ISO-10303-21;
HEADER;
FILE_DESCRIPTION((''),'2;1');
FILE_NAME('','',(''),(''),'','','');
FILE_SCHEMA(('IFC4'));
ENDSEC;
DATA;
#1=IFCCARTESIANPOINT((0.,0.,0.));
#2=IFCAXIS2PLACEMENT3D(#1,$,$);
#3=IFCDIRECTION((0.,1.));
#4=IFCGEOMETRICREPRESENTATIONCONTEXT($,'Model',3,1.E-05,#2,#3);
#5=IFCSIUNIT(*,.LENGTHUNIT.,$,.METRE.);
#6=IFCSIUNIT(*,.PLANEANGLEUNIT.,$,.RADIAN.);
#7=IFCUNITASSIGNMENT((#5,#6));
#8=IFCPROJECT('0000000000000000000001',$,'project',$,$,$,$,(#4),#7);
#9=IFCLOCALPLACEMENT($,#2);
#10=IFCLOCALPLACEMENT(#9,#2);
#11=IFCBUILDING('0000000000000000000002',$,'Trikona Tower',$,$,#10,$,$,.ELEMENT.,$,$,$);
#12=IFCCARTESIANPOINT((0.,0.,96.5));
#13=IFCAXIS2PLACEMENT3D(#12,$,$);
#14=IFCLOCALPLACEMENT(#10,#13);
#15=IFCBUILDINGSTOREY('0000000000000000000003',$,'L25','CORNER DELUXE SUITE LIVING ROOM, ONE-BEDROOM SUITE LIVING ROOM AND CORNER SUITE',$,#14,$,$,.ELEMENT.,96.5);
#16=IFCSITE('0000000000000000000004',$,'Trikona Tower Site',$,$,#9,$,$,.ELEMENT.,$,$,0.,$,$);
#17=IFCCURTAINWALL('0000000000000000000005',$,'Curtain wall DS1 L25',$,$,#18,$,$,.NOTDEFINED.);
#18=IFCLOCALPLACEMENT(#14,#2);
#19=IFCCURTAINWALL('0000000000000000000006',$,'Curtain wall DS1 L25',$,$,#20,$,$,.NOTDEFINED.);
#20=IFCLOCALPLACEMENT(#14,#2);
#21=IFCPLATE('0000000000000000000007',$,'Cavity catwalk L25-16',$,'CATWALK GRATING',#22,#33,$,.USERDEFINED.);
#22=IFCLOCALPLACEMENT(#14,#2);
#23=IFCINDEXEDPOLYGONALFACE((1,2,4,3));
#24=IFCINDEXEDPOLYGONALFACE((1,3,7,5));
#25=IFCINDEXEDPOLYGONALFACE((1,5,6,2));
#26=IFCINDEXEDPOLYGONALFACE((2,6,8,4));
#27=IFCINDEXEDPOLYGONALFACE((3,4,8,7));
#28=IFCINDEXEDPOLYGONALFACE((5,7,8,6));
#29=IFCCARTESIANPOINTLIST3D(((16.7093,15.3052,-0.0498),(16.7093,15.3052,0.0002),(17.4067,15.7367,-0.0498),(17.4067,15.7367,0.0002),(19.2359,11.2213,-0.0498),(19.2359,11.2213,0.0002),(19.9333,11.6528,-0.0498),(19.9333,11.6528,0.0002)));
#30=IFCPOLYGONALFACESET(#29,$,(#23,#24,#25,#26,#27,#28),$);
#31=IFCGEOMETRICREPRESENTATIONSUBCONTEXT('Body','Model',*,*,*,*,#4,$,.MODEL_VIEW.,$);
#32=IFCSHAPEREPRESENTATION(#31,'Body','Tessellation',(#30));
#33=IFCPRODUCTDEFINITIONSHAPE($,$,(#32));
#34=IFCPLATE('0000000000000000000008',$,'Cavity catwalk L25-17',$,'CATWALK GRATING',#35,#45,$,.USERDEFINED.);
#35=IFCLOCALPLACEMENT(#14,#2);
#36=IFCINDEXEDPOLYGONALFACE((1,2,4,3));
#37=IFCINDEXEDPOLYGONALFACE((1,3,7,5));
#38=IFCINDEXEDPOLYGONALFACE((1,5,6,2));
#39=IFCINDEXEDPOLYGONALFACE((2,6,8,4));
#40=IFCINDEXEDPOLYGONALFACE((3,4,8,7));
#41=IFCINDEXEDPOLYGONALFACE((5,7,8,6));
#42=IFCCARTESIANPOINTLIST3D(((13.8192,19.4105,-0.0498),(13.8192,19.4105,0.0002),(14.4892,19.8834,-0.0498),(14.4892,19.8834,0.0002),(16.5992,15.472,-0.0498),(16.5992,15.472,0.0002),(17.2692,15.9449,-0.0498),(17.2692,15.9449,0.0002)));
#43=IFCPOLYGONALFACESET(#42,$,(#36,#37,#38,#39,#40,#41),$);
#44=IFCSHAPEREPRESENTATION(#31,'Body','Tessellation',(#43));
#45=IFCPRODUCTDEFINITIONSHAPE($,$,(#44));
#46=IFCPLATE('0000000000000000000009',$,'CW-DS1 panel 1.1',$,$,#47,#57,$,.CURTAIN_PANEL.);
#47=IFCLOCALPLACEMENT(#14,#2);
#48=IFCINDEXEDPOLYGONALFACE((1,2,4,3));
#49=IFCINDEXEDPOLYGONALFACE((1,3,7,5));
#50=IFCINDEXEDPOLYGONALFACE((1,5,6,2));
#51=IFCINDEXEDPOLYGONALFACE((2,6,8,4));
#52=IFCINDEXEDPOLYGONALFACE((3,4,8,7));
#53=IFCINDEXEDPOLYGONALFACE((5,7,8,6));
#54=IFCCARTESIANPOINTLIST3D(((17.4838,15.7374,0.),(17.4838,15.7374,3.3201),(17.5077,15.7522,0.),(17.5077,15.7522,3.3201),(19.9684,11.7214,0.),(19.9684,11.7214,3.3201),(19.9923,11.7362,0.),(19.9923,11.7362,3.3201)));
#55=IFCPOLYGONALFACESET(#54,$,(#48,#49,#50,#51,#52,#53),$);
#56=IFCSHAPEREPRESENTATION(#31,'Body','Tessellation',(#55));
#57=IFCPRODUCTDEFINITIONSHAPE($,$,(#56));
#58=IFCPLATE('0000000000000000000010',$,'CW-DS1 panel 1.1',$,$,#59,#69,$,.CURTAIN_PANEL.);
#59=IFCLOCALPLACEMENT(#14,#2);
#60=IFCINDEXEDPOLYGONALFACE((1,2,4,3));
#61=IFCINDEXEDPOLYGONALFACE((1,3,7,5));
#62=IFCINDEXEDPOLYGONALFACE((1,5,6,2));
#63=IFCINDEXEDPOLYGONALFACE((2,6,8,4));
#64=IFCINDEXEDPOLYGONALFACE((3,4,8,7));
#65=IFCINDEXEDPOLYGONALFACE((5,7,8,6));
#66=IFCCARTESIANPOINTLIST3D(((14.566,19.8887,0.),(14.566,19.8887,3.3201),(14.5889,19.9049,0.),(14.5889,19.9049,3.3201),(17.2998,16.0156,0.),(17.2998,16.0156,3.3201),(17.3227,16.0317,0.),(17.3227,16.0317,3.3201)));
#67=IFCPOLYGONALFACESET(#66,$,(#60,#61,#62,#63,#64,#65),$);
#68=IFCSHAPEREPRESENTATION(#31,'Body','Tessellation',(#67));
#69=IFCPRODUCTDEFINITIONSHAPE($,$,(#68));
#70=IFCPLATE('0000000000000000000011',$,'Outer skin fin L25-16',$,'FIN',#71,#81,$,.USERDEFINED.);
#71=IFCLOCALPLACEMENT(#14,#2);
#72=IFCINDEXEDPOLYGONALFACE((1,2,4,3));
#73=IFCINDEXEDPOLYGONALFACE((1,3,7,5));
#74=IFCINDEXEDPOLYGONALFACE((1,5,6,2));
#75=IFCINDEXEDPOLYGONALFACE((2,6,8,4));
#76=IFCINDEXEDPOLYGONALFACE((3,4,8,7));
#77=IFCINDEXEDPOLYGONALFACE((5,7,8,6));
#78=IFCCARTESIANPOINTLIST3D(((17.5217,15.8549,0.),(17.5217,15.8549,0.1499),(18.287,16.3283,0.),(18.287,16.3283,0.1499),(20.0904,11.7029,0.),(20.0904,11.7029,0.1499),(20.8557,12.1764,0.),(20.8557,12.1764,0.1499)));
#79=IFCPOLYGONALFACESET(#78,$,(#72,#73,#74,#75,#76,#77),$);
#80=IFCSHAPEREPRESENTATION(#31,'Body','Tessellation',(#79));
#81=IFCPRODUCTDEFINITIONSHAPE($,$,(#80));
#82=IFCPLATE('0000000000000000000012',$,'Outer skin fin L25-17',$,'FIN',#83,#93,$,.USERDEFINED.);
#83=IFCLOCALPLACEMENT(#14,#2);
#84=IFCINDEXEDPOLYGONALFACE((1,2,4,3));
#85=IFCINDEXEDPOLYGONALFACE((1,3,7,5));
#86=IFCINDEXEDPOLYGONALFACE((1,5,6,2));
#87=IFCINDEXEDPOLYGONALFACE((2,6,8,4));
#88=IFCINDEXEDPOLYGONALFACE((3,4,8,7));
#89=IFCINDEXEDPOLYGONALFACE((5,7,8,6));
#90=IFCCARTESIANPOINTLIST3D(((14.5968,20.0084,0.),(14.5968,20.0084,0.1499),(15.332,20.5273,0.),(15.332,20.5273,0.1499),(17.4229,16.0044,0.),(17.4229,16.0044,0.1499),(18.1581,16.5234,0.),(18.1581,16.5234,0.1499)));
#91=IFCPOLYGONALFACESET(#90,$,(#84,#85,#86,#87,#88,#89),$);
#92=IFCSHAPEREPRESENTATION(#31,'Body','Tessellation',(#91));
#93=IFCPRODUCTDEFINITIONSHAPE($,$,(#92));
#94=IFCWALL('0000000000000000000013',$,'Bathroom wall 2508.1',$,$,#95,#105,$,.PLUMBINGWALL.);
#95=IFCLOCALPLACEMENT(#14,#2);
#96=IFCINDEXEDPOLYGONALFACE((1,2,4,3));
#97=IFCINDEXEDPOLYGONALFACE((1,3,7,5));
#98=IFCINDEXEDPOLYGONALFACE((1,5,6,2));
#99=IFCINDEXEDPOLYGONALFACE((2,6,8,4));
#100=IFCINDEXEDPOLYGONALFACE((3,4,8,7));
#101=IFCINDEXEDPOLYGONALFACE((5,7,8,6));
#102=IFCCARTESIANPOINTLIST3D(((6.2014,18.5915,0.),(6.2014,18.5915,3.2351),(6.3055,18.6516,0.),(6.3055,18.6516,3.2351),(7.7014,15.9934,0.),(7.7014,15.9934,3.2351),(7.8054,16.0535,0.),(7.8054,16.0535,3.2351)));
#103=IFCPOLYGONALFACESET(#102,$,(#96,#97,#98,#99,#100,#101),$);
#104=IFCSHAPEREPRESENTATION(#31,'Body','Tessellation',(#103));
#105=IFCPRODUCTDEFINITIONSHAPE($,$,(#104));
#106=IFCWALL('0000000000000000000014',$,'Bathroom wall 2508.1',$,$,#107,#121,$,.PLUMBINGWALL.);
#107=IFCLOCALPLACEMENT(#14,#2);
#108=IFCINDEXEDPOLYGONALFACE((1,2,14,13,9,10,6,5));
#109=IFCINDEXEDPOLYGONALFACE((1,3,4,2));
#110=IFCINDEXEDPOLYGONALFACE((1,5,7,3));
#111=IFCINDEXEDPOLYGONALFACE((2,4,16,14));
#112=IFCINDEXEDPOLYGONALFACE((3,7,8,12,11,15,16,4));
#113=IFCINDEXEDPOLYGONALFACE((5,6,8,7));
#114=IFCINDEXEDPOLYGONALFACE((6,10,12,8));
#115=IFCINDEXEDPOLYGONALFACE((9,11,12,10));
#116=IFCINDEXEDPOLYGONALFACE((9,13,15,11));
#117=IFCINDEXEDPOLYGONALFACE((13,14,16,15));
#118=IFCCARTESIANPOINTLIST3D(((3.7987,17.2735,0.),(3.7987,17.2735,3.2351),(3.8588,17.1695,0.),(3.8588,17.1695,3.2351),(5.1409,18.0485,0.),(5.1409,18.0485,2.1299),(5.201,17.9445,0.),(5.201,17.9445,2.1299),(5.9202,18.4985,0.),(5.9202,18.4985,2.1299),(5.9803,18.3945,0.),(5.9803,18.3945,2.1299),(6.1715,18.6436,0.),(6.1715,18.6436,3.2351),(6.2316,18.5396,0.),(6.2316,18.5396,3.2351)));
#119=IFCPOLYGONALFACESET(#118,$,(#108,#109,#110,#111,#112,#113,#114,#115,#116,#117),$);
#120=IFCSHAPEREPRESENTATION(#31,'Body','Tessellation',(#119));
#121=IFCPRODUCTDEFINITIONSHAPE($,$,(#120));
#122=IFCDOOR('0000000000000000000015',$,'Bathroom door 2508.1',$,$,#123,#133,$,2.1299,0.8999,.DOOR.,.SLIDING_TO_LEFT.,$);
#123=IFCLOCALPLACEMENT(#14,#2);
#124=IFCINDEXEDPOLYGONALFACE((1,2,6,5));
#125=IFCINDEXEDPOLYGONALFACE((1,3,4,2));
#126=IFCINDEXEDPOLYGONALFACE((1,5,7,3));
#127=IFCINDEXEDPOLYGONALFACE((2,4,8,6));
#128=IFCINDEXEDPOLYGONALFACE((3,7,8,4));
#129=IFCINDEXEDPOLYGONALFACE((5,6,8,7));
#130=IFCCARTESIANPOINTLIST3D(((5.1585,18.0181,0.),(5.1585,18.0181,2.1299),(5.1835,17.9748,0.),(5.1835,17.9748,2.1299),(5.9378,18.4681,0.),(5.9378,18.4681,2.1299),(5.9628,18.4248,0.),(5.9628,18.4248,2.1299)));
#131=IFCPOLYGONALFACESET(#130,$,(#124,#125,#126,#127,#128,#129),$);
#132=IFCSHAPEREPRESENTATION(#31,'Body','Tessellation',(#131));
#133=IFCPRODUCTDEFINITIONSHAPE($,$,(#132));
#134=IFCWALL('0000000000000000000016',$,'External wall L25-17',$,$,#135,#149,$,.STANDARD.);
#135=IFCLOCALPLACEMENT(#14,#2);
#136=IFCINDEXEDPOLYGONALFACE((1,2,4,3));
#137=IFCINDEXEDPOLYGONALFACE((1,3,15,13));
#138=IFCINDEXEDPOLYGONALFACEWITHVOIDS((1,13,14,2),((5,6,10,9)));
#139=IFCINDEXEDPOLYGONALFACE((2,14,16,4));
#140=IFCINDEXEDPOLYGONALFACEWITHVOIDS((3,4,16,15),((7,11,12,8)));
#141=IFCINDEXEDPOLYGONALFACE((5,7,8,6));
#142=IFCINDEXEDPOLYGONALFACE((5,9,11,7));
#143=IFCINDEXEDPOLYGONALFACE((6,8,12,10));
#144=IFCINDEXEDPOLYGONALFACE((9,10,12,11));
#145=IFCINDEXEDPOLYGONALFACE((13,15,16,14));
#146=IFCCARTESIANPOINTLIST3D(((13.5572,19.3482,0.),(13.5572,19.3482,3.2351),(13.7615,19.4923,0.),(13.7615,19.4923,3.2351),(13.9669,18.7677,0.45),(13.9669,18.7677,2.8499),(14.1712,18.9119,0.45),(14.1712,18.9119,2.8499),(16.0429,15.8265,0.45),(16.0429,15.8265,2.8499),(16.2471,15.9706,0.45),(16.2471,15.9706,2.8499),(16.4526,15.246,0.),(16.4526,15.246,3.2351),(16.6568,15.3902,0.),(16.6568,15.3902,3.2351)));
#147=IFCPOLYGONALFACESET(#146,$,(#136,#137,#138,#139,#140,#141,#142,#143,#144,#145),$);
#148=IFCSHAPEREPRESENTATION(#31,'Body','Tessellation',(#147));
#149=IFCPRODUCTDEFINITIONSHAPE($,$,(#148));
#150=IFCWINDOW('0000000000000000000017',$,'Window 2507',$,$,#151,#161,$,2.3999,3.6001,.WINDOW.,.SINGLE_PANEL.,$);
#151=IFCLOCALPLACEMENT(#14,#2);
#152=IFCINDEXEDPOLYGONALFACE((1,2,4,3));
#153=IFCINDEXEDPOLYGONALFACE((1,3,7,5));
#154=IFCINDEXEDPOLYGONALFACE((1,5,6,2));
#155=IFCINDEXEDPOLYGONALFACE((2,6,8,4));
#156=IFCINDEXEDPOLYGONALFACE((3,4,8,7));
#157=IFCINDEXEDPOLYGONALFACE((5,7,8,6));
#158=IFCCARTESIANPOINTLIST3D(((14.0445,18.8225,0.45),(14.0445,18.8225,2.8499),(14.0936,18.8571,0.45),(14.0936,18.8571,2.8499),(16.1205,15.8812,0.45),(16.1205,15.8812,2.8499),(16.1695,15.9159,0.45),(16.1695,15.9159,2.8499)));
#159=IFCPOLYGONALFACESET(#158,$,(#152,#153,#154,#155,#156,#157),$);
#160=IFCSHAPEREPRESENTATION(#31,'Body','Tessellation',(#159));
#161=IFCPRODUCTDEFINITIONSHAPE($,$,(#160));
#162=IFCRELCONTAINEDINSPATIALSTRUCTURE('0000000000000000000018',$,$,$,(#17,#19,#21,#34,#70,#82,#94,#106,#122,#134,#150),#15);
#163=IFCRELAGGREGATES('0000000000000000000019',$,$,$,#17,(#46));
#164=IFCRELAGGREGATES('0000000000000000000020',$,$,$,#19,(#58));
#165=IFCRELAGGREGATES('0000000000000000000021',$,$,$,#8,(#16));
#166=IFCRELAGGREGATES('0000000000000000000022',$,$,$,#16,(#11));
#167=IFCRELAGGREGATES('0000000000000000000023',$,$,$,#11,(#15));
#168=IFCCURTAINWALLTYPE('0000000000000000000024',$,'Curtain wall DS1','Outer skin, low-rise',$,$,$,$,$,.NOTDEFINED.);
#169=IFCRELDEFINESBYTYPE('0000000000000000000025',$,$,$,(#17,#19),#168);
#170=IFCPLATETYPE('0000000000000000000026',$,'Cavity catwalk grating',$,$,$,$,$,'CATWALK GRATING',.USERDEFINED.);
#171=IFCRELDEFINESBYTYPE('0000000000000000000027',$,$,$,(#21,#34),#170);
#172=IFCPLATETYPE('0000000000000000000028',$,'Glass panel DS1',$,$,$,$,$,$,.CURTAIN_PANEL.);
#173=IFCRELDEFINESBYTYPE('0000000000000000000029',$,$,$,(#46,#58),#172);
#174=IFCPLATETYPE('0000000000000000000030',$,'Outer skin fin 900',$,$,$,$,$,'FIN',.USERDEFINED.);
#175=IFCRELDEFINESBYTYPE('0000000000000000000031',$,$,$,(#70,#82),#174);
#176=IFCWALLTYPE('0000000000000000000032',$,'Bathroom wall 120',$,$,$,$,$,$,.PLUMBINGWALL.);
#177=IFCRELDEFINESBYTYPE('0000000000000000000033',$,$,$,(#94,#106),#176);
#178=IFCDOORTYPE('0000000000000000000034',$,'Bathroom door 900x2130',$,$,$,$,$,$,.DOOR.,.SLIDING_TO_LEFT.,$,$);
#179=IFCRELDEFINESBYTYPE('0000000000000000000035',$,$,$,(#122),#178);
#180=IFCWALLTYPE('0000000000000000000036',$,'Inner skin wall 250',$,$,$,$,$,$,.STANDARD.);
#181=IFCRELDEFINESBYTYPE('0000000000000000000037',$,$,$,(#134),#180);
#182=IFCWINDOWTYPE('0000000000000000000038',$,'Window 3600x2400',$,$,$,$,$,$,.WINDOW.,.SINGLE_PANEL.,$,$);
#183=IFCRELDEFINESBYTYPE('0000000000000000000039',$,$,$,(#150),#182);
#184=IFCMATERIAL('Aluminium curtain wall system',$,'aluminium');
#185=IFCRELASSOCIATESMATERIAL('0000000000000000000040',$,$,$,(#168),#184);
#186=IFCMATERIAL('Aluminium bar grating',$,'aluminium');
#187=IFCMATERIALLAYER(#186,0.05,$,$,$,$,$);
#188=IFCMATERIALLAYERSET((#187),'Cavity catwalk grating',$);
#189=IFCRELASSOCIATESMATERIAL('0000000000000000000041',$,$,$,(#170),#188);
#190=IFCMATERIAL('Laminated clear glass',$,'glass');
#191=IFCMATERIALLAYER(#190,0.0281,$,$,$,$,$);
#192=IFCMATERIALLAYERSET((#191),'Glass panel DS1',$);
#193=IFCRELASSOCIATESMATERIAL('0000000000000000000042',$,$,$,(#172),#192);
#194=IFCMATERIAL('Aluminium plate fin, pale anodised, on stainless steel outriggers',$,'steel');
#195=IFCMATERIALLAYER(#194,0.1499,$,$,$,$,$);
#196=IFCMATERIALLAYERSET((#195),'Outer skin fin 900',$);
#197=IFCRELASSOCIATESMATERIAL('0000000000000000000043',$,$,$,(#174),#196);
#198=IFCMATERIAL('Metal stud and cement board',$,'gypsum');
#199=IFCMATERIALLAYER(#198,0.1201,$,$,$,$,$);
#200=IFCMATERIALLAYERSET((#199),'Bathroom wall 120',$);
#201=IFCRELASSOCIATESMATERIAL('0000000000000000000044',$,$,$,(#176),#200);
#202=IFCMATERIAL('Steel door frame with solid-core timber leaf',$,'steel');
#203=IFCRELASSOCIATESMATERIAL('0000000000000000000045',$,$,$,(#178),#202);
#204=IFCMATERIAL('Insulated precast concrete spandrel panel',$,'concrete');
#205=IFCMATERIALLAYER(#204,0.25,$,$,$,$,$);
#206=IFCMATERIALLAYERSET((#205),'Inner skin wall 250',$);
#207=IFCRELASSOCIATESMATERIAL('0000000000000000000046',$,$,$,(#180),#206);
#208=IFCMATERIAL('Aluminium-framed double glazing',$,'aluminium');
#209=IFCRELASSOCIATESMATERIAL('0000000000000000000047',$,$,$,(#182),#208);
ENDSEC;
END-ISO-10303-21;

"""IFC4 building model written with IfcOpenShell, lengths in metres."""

from ifc_helpers import new_model, si_unit, direction, frame, frame_2d, origin, origin_2d, place, context, subcontext, project, spatial, rectangle, extrude, material, layer, layer_set, type_object, element, fill, aggregate, save


model = new_model("IFC4")

# Units and contexts
model_context = context("Model", 3, precision=1e-05, world=origin(), true_north=direction((0.0, 1.0)))
body_context = subcontext(model_context, "Body", "Model", "MODEL_VIEW")
ifc_project = project(units=[si_unit("LENGTHUNIT", "METRE"), si_unit("PLANEANGLEUNIT", "RADIAN")], contexts=[model_context])

# Site, building, storey
site_placement = place(None, origin())
site = spatial("IfcSite", under=ifc_project, at=site_placement, Name="Trikona Tower Site", CompositionType="ELEMENT", RefElevation=0.0)
building_placement = place(site_placement, origin())
building = spatial("IfcBuilding", under=site, at=building_placement, Name="Trikona Tower", CompositionType="ELEMENT")
storey_placement = place(building_placement, frame((0.0, 0.0, 96.5)))
storey = spatial("IfcBuildingStorey", under=building, at=storey_placement, Name="L25", Description="CORNER DELUXE SUITE LIVING ROOM, ONE-BEDROOM SUITE LIVING ROOM AND CORNER SUITE", CompositionType="ELEMENT", Elevation=96.5)

# Curtain wall
ifc_material_1 = material(Name="Aluminium curtain wall system", Category="aluminium")
curtain_wall_type = type_object("IfcCurtainWallType", Name="Curtain wall DS1", Description="Outer skin, low-rise", PredefinedType="NOTDEFINED", material=ifc_material_1)
curtain_wall_1_placement = place(storey_placement, origin())
curtain_wall_1 = element("IfcCurtainWall", 1, at=curtain_wall_1_placement, inside=storey, type_object=curtain_wall_type, Name="Curtain wall DS1 L25", PredefinedType="NOTDEFINED")

# Curtain wall
curtain_wall_2_placement = place(storey_placement, origin())
curtain_wall_2 = element("IfcCurtainWall", 2, at=curtain_wall_2_placement, inside=storey, type_object=curtain_wall_type, Name="Curtain wall DS1 L25", PredefinedType="NOTDEFINED")

# Plates
ifc_material_2 = material(Name="Aluminium bar grating", Category="aluminium")
ifc_layer_1 = layer(ifc_material_2, 0.05)
ifc_layer_set_1 = layer_set([ifc_layer_1], Name="Cavity catwalk grating")
plate_type_1 = type_object("IfcPlateType", Name="Cavity catwalk grating", ElementType="CATWALK GRATING", PredefinedType="USERDEFINED", material=ifc_layer_set_1)
plate_1_placement = place(storey_placement, frame((18.3213, 13.479, -0.0498), z_axis=(0.0, 0.0, 1.0), x_axis=(-0.526119, 0.850411, 0.0)))
element("IfcPlate", 3, at=plate_1_placement, inside=storey, type_object=plate_type_1, Name="Cavity catwalk L25-16", ObjectType="CATWALK GRATING", PredefinedType="USERDEFINED", context=body_context, shape_type="SweptSolid", body=[
    extrude(rectangle(XDim=4.8022, YDim=0.8201, at=origin_2d()), origin(), (0.0, 0.0, 1.0), 0.05),
])
plate_2_placement = place(storey_placement, frame((15.5442, 17.6777, -0.0498), z_axis=(0.0, 0.0, 1.0), x_axis=(-0.576662, 0.816983, 0.0)))
element("IfcPlate", 4, at=plate_2_placement, inside=storey, type_object=plate_type_1, Name="Cavity catwalk L25-17", ObjectType="CATWALK GRATING", PredefinedType="USERDEFINED", context=body_context, shape_type="SweptSolid", body=[
    extrude(rectangle(XDim=4.8208, YDim=0.8201, at=origin_2d()), origin(), (0.0, 0.0, 1.0), 0.05),
])

# Plates
ifc_material_3 = material(Name="Laminated clear glass", Category="glass")
ifc_layer_2 = layer(ifc_material_3, 0.0281)
ifc_layer_set_2 = layer_set([ifc_layer_2], Name="Glass panel DS1")
plate_type_2 = type_object("IfcPlateType", Name="Glass panel DS1", PredefinedType="CURTAIN_PANEL", material=ifc_layer_set_2)
plate_3_placement = place(storey_placement, frame((18.738, 13.7368, 0.0), z_axis=(0.0, 0.0, 1.0), x_axis=(-0.52612, 0.85041, 0.0)))
plate_3 = element("IfcPlate", 5, at=plate_3_placement, type_object=plate_type_2, Name="CW-DS1 panel 1.1", PredefinedType="CURTAIN_PANEL", context=body_context, shape_type="SweptSolid", body=[
    extrude(rectangle(XDim=4.7224, YDim=0.0281, at=origin_2d()), origin(), (0.0, 0.0, 1.0), 3.3201),
])
aggregate(curtain_wall_1, [plate_3])
plate_4_placement = place(storey_placement, frame((15.9443, 17.9602, 0.0), z_axis=(0.0, 0.0, 1.0), x_axis=(-0.576658, 0.816985, 0.0)))
plate_4 = element("IfcPlate", 6, at=plate_4_placement, type_object=plate_type_2, Name="CW-DS1 panel 1.1", PredefinedType="CURTAIN_PANEL", context=body_context, shape_type="SweptSolid", body=[
    extrude(rectangle(XDim=4.7407, YDim=0.0281, at=origin_2d()), origin(), (0.0, 0.0, 1.0), 3.3201),
])
aggregate(curtain_wall_2, [plate_4])

# Plates
ifc_material_4 = material(Name="Aluminium plate fin, pale anodised, on stainless steel outriggers", Category="steel")
ifc_layer_3 = layer(ifc_material_4, 0.1499)
ifc_layer_set_3 = layer_set([ifc_layer_3], Name="Outer skin fin 900")
plate_type_3 = type_object("IfcPlateType", Name="Outer skin fin 900", ElementType="FIN", PredefinedType="USERDEFINED", material=ifc_layer_set_3)
plate_5_placement = place(storey_placement, frame((19.1887, 14.0156, 0.0), z_axis=(0.0, 0.0, 1.0), x_axis=(-0.526119, 0.850411, 0.0)))
element("IfcPlate", 7, at=plate_5_placement, inside=storey, type_object=plate_type_3, Name="Outer skin fin L25-16", ObjectType="FIN", PredefinedType="USERDEFINED", context=body_context, shape_type="SweptSolid", body=[
    extrude(rectangle(XDim=4.8823, YDim=0.8999, at=origin_2d()), origin(), (0.0, 0.0, 1.0), 0.1499),
])
plate_6_placement = place(storey_placement, frame((16.3774, 18.2659, 0.0), z_axis=(0.0, 0.0, 1.0), x_axis=(-0.576662, 0.816983, 0.0)))
element("IfcPlate", 8, at=plate_6_placement, inside=storey, type_object=plate_type_3, Name="Outer skin fin L25-17", ObjectType="FIN", PredefinedType="USERDEFINED", context=body_context, shape_type="SweptSolid", body=[
    extrude(rectangle(XDim=4.9009, YDim=0.8999, at=origin_2d()), origin(), (0.0, 0.0, 1.0), 0.1499),
])

# Wall
ifc_material_5 = material(Name="Metal stud and cement board", Category="gypsum")
ifc_layer_4 = layer(ifc_material_5, 0.1201)
ifc_layer_set_4 = layer_set([ifc_layer_4], Name="Bathroom wall 120")
wall_type_1 = type_object("IfcWallType", Name="Bathroom wall 120", PredefinedType="PLUMBINGWALL", material=ifc_layer_set_4)
wall_1_placement = place(storey_placement, frame((7.7534, 16.0234, 0.0), z_axis=(0.0, 0.0, 1.0), x_axis=(-0.49999, 0.866031, 0.0)))
element("IfcWall", 9, at=wall_1_placement, inside=storey, type_object=wall_type_1, Name="Bathroom wall 2508.1", PredefinedType="PLUMBINGWALL", context=body_context, shape_type="SweptSolid", body=[
    extrude(rectangle(XDim=3.0, YDim=0.1201, at=frame_2d((1.5, 0.0))), origin(), (0.0, 0.0, 1.0), 3.2351),
])

# Wall, opening, door
wall_2_placement = place(storey_placement, frame((3.8286, 17.2214, 0.0), z_axis=(0.0, 0.0, 1.0), x_axis=(0.865997, 0.500049, 0.0)))
wall_2 = element("IfcWall", 10, at=wall_2_placement, inside=storey, type_object=wall_type_1, Name="Bathroom wall 2508.1", PredefinedType="PLUMBINGWALL", context=body_context, shape_type="SweptSolid", body=[
    extrude(rectangle(XDim=2.74, YDim=0.1201, at=frame_2d((1.3701, 0.0))), origin(), (0.0, 0.0, 1.0), 3.2351),
])
opening_1_placement = place(wall_2_placement, frame((1.55, 0.0, 0.0)))
opening_1 = element("IfcOpeningElement", 11, at=opening_1_placement, cuts=wall_2, PredefinedType="OPENING", context=body_context, shape_type="SweptSolid", body=[
    extrude(rectangle(XDim=0.8999, YDim=2.1299, at=frame_2d((0.45, 1.0649))), frame((0.0, 0.0701, 0.0), z_axis=(0.0, -1.0, 0.0), x_axis=(1.0, 0.0, 0.0)), (0.0, 0.0, 1.0), 0.1401),
])
ifc_material_6 = material(Name="Steel door frame with solid-core timber leaf", Category="steel")
door_type_1 = type_object("IfcDoorType", Name="Bathroom door 900x2130", OperationType="SLIDING_TO_LEFT", PredefinedType="DOOR", material=ifc_material_6)
door_1_placement = place(opening_1_placement, origin())
door_1 = element("IfcDoor", 12, at=door_1_placement, inside=storey, type_object=door_type_1, Name="Bathroom door 2508.1", OperationType="SLIDING_TO_LEFT", OverallHeight=2.1299, OverallWidth=0.8999, PredefinedType="DOOR", context=body_context, shape_type="SweptSolid", body=[
    extrude(rectangle(XDim=0.8999, YDim=2.1299, at=frame_2d((0.45, 1.0649))), frame((0.0, 0.0249, 0.0), z_axis=(0.0, -1.0, 0.0), x_axis=(1.0, 0.0, 0.0)), (0.0, 0.0, 1.0), 0.05),
])
fill(opening_1, door_1)

# Wall, opening, window
ifc_material_7 = material(Name="Insulated precast concrete spandrel panel", Category="concrete")
ifc_layer_5 = layer(ifc_material_7, 0.25)
ifc_layer_set_5 = layer_set([ifc_layer_5], Name="Inner skin wall 250")
wall_type_2 = type_object("IfcWallType", Name="Inner skin wall 250", PredefinedType="STANDARD", material=ifc_layer_set_5)
wall_3_placement = place(storey_placement, frame((16.5547, 15.3181, 0.0), z_axis=(0.0, 0.0, 1.0), x_axis=(-0.576643, 0.816996, 0.0)))
wall_3 = element("IfcWall", 13, at=wall_3_placement, inside=storey, type_object=wall_type_2, Name="External wall L25-17", PredefinedType="STANDARD", context=body_context, shape_type="SweptSolid", body=[
    extrude(rectangle(XDim=5.021, YDim=0.25, at=frame_2d((2.5105, 0.0))), origin(), (0.0, 0.0, 1.0), 3.2351),
])
opening_2_placement = place(wall_3_placement, frame((0.7104, 0.0, 0.45)))
opening_2 = element("IfcOpeningElement", 14, at=opening_2_placement, cuts=wall_3, PredefinedType="OPENING", context=body_context, shape_type="SweptSolid", body=[
    extrude(rectangle(XDim=3.6001, YDim=2.3999, at=frame_2d((1.8, 1.2))), frame((0.0, 0.135, 0.0), z_axis=(0.0, -1.0, 0.0), x_axis=(1.0, 0.0, 0.0)), (0.0, 0.0, 1.0), 0.27),
])
ifc_material_8 = material(Name="Aluminium-framed double glazing", Category="aluminium")
window_type = type_object("IfcWindowType", Name="Window 3600x2400", PartitioningType="SINGLE_PANEL", PredefinedType="WINDOW", material=ifc_material_8)
window_1_placement = place(opening_2_placement, origin())
window_1 = element("IfcWindow", 15, at=window_1_placement, inside=storey, type_object=window_type, Name="Window 2507", OverallHeight=2.3999, OverallWidth=3.6001, PartitioningType="SINGLE_PANEL", PredefinedType="WINDOW", context=body_context, shape_type="SweptSolid", body=[
    extrude(rectangle(XDim=3.6001, YDim=2.3999, at=frame_2d((1.8, 1.2))), frame((0.0, 0.03, 0.0), z_axis=(0.0, -1.0, 0.0), x_axis=(1.0, 0.0, 0.0)), (0.0, 0.0, 1.0), 0.0601),
])
fill(opening_2, window_1)

save(model, "model.ifc")
